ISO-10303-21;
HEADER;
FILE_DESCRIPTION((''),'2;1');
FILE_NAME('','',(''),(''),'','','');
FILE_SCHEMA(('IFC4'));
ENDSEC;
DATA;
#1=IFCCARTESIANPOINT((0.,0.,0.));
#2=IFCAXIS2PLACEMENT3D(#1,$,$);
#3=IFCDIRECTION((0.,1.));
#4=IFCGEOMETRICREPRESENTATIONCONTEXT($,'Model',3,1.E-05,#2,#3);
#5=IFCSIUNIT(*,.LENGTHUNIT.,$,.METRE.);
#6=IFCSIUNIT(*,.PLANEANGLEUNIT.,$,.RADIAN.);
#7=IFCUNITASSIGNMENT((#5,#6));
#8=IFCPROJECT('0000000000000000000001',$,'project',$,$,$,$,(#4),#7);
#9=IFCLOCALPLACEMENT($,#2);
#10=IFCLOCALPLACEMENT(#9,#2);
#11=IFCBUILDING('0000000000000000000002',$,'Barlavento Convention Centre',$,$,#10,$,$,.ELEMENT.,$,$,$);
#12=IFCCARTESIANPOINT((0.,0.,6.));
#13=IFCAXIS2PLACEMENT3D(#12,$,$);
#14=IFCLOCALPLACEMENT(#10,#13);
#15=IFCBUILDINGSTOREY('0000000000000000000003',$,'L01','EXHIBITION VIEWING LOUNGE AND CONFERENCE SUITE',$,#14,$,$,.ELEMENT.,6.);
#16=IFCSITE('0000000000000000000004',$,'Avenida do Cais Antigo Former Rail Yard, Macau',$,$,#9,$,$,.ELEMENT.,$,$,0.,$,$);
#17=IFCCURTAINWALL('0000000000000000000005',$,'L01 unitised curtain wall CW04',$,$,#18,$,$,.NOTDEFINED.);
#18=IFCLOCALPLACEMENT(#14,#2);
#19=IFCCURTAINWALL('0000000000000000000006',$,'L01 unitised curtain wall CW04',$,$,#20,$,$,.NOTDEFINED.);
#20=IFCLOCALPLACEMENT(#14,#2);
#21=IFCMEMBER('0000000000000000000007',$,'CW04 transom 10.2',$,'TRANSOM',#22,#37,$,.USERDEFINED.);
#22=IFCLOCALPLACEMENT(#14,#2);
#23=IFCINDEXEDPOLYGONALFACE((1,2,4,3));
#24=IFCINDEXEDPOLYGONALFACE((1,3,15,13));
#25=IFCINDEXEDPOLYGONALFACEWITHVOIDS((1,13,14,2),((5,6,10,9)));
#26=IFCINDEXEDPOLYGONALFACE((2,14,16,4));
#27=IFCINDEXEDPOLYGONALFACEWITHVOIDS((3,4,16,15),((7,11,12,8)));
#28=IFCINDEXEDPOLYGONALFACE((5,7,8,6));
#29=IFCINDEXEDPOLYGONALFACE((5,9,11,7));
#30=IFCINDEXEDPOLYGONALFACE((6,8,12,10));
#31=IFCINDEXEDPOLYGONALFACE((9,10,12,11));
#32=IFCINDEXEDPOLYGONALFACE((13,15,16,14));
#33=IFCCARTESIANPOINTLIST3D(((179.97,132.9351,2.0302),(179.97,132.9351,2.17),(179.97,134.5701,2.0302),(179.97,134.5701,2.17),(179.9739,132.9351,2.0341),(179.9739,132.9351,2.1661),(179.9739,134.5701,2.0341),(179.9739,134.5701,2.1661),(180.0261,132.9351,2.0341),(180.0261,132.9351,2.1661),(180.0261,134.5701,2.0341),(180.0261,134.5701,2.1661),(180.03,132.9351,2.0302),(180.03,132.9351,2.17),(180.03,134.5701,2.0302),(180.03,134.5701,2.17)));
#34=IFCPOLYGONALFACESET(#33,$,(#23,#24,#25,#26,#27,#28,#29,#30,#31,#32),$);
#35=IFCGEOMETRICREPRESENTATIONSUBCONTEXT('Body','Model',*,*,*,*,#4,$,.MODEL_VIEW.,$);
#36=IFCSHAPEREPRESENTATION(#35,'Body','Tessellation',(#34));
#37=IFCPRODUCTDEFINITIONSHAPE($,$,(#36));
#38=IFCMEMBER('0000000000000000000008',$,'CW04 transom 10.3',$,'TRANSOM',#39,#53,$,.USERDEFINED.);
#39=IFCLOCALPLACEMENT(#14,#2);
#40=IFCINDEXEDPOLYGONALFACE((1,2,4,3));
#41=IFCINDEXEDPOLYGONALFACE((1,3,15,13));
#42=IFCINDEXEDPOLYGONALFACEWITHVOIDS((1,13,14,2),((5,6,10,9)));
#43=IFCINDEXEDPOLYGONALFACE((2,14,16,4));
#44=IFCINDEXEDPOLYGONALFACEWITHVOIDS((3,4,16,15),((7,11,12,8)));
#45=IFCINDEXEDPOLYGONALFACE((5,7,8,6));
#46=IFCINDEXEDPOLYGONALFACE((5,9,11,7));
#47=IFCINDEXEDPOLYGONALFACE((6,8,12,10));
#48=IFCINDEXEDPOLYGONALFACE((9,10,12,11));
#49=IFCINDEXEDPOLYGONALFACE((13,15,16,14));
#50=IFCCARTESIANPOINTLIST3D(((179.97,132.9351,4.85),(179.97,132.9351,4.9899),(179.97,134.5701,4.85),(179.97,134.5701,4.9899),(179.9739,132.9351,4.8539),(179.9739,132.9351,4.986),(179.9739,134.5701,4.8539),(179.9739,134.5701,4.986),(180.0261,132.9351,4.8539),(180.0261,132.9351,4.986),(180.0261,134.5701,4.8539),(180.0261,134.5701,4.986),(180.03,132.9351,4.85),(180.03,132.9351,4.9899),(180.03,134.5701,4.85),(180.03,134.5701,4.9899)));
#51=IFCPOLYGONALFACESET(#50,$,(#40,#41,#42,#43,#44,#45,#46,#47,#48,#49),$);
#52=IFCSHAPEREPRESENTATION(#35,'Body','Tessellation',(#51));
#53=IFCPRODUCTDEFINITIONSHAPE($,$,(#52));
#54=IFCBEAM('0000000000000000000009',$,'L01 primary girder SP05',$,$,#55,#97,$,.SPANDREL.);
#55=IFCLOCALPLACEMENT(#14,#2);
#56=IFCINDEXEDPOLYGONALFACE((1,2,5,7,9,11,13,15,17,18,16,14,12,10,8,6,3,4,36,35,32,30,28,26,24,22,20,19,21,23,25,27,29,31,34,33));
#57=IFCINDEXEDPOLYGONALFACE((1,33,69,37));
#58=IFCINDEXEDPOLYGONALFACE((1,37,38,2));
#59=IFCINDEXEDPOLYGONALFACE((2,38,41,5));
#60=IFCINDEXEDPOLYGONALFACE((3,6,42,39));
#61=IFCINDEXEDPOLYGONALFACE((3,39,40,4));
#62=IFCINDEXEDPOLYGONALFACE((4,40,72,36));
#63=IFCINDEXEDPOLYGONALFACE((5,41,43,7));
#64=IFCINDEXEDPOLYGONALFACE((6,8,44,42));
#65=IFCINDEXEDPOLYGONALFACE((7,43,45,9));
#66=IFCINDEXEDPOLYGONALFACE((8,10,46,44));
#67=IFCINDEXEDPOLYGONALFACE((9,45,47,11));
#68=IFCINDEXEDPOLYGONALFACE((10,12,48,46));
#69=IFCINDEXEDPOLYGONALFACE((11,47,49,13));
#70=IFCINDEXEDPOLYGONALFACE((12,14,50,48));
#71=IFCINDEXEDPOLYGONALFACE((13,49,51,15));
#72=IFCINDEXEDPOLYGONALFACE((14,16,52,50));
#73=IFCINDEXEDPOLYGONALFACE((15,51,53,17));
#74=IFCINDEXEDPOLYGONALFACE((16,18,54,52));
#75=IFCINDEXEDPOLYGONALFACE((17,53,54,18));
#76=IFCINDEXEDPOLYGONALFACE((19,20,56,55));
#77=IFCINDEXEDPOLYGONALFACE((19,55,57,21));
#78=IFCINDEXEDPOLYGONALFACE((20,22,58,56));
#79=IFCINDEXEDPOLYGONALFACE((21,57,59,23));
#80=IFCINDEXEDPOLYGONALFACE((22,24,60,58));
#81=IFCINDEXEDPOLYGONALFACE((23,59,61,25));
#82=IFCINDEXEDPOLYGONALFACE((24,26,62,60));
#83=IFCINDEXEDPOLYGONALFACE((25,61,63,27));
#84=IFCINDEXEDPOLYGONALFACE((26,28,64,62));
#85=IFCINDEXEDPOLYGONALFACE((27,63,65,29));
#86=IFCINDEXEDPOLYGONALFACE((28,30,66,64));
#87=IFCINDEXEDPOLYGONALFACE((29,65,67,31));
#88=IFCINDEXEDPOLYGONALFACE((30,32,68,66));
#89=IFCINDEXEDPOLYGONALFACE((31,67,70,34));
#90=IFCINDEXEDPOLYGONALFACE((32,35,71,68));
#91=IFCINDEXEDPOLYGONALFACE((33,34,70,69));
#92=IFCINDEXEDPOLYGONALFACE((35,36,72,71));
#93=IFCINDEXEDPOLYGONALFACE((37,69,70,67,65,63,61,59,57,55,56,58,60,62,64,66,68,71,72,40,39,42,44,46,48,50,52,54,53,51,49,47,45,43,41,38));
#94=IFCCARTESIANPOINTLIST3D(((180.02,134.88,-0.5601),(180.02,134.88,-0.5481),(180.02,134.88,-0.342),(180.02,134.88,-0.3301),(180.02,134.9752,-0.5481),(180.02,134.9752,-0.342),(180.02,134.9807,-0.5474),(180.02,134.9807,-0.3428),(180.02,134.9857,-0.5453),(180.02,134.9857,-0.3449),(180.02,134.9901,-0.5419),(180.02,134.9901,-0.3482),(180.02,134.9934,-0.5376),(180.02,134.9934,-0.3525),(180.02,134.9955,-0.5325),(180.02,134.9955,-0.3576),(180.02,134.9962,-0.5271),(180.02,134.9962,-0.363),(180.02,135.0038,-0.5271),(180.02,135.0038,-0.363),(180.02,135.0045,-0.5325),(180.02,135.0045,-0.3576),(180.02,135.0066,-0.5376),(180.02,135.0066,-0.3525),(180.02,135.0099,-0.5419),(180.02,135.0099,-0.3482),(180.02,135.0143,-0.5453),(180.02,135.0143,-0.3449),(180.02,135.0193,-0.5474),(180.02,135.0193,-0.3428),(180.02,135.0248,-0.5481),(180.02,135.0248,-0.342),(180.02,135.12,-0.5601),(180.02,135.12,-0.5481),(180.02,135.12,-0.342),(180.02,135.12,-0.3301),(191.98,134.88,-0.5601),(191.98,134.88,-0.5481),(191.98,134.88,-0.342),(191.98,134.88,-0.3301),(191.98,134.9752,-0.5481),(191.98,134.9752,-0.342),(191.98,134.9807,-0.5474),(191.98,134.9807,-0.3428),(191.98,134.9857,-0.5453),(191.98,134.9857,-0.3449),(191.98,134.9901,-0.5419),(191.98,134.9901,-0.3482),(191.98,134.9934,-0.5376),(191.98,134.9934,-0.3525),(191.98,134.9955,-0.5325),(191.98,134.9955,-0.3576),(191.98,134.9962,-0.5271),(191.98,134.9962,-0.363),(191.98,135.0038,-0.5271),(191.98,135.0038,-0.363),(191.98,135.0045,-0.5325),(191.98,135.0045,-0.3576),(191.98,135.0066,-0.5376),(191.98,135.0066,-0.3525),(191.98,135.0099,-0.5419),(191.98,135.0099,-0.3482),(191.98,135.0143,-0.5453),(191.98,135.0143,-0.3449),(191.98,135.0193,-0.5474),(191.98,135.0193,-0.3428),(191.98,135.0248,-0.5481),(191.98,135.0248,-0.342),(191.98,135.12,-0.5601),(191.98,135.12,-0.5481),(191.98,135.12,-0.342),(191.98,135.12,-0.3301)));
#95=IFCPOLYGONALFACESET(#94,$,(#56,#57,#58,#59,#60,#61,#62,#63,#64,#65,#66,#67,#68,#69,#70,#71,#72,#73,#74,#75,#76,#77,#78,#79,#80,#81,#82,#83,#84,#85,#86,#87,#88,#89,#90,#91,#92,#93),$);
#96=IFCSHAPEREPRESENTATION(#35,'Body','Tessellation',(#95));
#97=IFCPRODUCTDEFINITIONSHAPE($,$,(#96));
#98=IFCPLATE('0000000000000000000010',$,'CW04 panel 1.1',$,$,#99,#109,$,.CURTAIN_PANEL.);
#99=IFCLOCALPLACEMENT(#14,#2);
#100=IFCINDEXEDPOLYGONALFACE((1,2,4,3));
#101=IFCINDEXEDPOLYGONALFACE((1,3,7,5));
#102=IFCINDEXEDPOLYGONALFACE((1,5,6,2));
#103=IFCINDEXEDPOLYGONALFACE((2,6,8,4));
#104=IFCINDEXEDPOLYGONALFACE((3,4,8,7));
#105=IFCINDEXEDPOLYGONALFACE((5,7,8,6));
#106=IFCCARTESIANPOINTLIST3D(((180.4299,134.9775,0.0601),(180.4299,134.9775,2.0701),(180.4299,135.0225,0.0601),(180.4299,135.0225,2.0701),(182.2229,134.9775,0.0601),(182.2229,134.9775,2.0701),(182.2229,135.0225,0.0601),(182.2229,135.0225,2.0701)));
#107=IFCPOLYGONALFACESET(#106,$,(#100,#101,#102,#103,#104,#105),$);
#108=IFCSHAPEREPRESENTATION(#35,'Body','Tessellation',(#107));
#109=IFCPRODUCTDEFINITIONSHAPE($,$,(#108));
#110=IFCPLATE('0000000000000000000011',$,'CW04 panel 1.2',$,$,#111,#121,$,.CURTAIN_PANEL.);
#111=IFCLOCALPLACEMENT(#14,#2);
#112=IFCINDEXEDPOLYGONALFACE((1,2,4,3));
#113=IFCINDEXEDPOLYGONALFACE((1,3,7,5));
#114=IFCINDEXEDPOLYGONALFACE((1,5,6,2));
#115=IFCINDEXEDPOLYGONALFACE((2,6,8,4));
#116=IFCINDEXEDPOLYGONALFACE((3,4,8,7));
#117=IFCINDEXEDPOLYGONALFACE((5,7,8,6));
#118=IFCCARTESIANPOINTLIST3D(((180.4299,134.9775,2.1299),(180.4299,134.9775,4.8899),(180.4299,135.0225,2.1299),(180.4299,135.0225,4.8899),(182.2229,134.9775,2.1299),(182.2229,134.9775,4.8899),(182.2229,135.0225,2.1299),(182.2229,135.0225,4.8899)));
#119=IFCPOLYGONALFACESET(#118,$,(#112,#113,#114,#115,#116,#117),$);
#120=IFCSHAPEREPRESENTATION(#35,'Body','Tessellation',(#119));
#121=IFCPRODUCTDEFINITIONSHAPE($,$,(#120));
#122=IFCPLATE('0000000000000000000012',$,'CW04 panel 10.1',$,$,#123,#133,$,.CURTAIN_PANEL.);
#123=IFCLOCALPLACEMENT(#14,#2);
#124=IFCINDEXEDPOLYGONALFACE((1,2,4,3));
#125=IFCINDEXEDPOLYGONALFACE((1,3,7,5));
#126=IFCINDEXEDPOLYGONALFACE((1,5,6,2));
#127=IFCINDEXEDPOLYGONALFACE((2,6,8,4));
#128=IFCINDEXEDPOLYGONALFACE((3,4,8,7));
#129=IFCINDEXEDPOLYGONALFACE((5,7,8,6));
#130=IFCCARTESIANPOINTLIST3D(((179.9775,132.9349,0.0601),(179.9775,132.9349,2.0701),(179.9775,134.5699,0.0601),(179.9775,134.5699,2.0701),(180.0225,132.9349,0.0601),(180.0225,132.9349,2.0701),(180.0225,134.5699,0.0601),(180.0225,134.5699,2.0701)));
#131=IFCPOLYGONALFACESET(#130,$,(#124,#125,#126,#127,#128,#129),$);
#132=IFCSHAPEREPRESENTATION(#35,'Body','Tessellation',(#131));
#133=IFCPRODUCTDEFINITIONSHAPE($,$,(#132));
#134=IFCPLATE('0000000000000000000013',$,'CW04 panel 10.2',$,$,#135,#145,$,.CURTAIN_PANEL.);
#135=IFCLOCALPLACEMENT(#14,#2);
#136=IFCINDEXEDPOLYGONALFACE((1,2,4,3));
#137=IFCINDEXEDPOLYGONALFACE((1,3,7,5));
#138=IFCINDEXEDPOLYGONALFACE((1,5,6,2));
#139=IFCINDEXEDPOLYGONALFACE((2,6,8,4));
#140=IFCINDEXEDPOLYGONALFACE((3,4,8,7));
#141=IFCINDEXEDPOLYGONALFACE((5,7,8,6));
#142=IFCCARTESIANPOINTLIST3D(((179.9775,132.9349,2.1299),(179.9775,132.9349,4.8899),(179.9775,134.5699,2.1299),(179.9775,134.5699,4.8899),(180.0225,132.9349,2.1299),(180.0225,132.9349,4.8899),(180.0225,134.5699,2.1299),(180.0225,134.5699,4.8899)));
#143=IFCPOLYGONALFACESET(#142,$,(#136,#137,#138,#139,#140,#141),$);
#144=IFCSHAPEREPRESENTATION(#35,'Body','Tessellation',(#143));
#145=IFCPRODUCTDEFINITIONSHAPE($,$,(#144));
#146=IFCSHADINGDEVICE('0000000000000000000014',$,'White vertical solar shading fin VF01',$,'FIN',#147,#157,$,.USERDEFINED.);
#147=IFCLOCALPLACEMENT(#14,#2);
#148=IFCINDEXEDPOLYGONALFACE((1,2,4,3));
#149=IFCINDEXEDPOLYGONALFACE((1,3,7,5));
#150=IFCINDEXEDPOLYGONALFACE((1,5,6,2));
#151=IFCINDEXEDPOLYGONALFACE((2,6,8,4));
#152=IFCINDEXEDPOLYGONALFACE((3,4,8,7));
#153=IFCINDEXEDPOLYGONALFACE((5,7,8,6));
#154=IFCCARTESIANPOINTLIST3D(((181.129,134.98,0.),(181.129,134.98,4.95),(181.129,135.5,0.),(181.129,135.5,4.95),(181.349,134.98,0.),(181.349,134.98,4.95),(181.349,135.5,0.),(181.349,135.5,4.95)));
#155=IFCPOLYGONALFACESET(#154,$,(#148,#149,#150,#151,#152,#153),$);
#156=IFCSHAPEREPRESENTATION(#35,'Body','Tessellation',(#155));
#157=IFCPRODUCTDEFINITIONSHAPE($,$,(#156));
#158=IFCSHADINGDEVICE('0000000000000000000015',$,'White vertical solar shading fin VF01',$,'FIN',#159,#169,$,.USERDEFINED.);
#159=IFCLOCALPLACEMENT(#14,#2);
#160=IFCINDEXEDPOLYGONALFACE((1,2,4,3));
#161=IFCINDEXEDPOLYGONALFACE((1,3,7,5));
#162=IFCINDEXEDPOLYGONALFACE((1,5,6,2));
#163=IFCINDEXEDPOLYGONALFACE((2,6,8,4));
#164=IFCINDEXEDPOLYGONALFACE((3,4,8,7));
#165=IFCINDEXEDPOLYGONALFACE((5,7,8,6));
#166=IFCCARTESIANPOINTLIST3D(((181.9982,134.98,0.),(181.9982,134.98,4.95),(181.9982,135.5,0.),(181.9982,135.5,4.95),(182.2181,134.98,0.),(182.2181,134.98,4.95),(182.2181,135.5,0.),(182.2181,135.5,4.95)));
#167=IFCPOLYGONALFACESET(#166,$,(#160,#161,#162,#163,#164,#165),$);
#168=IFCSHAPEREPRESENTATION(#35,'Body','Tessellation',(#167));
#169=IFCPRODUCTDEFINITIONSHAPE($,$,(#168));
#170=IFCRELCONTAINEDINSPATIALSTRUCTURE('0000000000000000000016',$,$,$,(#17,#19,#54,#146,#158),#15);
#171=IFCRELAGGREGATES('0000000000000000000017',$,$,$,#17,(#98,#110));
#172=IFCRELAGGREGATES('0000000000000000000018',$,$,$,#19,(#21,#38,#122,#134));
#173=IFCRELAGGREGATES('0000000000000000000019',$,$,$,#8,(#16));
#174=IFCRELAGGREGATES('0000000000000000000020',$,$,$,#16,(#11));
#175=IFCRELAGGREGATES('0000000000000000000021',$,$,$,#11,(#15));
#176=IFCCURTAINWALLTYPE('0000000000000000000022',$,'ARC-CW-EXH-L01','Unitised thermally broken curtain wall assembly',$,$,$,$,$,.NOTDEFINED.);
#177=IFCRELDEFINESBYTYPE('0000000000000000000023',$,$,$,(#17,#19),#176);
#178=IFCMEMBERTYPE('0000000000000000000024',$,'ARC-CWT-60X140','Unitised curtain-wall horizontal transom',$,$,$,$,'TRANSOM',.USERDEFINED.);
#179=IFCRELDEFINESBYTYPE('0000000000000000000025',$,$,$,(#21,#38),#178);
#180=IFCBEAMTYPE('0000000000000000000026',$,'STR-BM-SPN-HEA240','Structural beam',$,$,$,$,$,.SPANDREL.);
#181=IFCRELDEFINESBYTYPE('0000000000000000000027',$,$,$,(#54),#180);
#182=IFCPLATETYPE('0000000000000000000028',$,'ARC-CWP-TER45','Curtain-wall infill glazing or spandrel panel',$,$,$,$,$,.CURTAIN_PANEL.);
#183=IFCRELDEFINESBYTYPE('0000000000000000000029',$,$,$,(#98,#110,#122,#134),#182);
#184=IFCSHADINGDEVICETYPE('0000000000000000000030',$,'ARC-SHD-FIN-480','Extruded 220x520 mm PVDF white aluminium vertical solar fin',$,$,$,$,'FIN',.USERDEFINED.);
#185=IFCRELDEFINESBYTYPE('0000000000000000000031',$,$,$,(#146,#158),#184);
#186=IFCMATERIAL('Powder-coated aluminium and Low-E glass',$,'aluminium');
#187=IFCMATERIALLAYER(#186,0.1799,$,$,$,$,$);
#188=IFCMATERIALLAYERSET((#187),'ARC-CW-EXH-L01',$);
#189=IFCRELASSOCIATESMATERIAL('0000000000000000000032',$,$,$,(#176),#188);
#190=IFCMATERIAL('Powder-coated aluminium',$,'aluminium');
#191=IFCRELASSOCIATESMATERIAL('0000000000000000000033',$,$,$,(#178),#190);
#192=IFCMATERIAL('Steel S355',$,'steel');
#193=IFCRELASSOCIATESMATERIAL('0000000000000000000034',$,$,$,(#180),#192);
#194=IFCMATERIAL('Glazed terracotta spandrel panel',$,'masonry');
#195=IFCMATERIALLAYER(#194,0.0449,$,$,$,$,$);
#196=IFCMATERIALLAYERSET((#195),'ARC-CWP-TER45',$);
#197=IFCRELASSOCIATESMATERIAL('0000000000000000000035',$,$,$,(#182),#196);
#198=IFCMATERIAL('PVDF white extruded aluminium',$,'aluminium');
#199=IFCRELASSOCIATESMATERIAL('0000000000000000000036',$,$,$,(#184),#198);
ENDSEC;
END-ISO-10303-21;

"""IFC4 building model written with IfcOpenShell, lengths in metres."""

from ifc_helpers import new_model, si_unit, direction, frame, origin, origin_2d, place, context, subcontext, project, spatial, rectangle, hollow_rectangle, i_section, extrude, material, layer, layer_set, material_profile, profile_set, type_object, element, aggregate, save


model = new_model("IFC4")

# Units and contexts
model_context = context("Model", 3, precision=1e-05, world=origin(), true_north=direction((0.0, 1.0)))
body_context = subcontext(model_context, "Body", "Model", "MODEL_VIEW")
ifc_project = project(units=[si_unit("LENGTHUNIT", "METRE"), si_unit("PLANEANGLEUNIT", "RADIAN")], contexts=[model_context])

# Site, building, storey
site_placement = place(None, origin())
site = spatial("IfcSite", under=ifc_project, at=site_placement, Name="Avenida do Cais Antigo Former Rail Yard, Macau", CompositionType="ELEMENT", RefElevation=0.0)
building_placement = place(site_placement, origin())
building = spatial("IfcBuilding", under=site, at=building_placement, Name="Barlavento Convention Centre", CompositionType="ELEMENT")
storey_placement = place(building_placement, frame((0.0, 0.0, 6.0)))
storey = spatial("IfcBuildingStorey", under=building, at=storey_placement, Name="L01", Description="EXHIBITION VIEWING LOUNGE AND CONFERENCE SUITE", CompositionType="ELEMENT", Elevation=6.0)

# Curtain walls
ifc_material_1 = material(Name="Powder-coated aluminium and Low-E glass", Category="aluminium")
ifc_layer_1 = layer(ifc_material_1, 0.1799)
ifc_layer_set_1 = layer_set([ifc_layer_1], Name="ARC-CW-EXH-L01")
curtain_wall_type = type_object("IfcCurtainWallType", Name="ARC-CW-EXH-L01", Description="Unitised thermally broken curtain wall assembly", PredefinedType="NOTDEFINED", material=ifc_layer_set_1)
curtain_wall_1_placement = place(storey_placement, origin())
curtain_wall_1 = element("IfcCurtainWall", 1, at=curtain_wall_1_placement, inside=storey, type_object=curtain_wall_type, Name="L01 unitised curtain wall CW04", PredefinedType="NOTDEFINED")
ifc_material_2 = material(Name="Powder-coated aluminium", Category="aluminium")
curtain_wall_2_placement = place(storey_placement, origin())
curtain_wall_2 = element("IfcCurtainWall", 2, at=curtain_wall_2_placement, inside=storey, type_object=curtain_wall_type, Name="L01 unitised curtain wall CW04", PredefinedType="NOTDEFINED")

# Members
ifc_material_profile_1 = material_profile(ifc_material_2, hollow_rectangle(XDim=0.0601, YDim=0.1399, WallThickness=0.0039, at=origin_2d()), Name="AL-TRAN 60x140x4")
ifc_profile_set_1 = profile_set([ifc_material_profile_1], Name="Powder-coated aluminium")
member_type_1 = type_object("IfcMemberType", Name="ARC-CWT-60X140", Description="Unitised curtain-wall horizontal transom", ElementType="TRANSOM", PredefinedType="USERDEFINED", material=ifc_profile_set_1)
member_1_placement = place(storey_placement, frame((180.0, 132.9351, 2.1001), z_axis=(0.0, 1.0, 0.0), x_axis=(-1.0, 0.0, 0.0)))
member_1 = element("IfcMember", 3, at=member_1_placement, type_object=member_type_1, Name="CW04 transom 10.2", ObjectType="TRANSOM", PredefinedType="USERDEFINED", context=body_context, shape_type="SweptSolid", body=[
    extrude(hollow_rectangle(XDim=0.0601, YDim=0.1399, WallThickness=0.0039, at=origin_2d()), origin(), (0.0, 0.0, 1.0), 1.635),
])
member_2_placement = place(storey_placement, frame((180.0, 132.9351, 4.9199), z_axis=(0.0, 1.0, 0.0), x_axis=(-1.0, 0.0, 0.0)))
member_2 = element("IfcMember", 4, at=member_2_placement, type_object=member_type_1, Name="CW04 transom 10.3", ObjectType="TRANSOM", PredefinedType="USERDEFINED", context=body_context, shape_type="SweptSolid", body=[
    extrude(hollow_rectangle(XDim=0.0601, YDim=0.1399, WallThickness=0.0039, at=origin_2d()), origin(), (0.0, 0.0, 1.0), 1.635),
])

# Beam
ifc_material_3 = material(Name="Steel S355", Category="steel")
ifc_material_profile_2 = material_profile(ifc_material_3, i_section(OverallWidth=0.24, OverallDepth=0.23, WebThickness=0.0076, FlangeThickness=0.012, FilletRadius=0.021, at=origin_2d()), Name="HEA 240")
ifc_profile_set_2 = profile_set([ifc_material_profile_2], Name="Steel S355")
beam_type = type_object("IfcBeamType", Name="STR-BM-SPN-HEA240", Description="Structural beam", PredefinedType="SPANDREL", material=ifc_profile_set_2)
beam_placement = place(storey_placement, frame((180.02, 135.0, -0.4451), z_axis=(1.0, 0.0, 0.0), x_axis=(0.0, 1.0, 0.0)))
element("IfcBeam", 5, at=beam_placement, inside=storey, type_object=beam_type, Name="L01 primary girder SP05", PredefinedType="SPANDREL", context=body_context, shape_type="SweptSolid", body=[
    extrude(i_section(OverallWidth=0.24, OverallDepth=0.23, WebThickness=0.0076, FlangeThickness=0.012, FilletRadius=0.021, at=origin_2d()), origin(), (0.0, 0.0, 1.0), 11.96),
])

# Plates
ifc_material_4 = material(Name="Glazed terracotta spandrel panel", Category="masonry")
ifc_layer_2 = layer(ifc_material_4, 0.0449)
ifc_layer_set_2 = layer_set([ifc_layer_2], Name="ARC-CWP-TER45")
plate_type = type_object("IfcPlateType", Name="ARC-CWP-TER45", Description="Curtain-wall infill glazing or spandrel panel", PredefinedType="CURTAIN_PANEL", material=ifc_layer_set_2)
plate_1_placement = place(storey_placement, frame((181.3264, 135.0, 0.0601), z_axis=(0.0, 0.0, 1.0), x_axis=(1.0, 0.0, 0.0)))
plate_1 = element("IfcPlate", 6, at=plate_1_placement, type_object=plate_type, Name="CW04 panel 1.1", PredefinedType="CURTAIN_PANEL", context=body_context, shape_type="SweptSolid", body=[
    extrude(rectangle(XDim=1.793, YDim=0.0449, at=origin_2d()), origin(), (0.0, 0.0, 1.0), 2.01),
])
plate_2_placement = place(storey_placement, frame((181.3264, 135.0, 2.1299), z_axis=(0.0, 0.0, 1.0), x_axis=(1.0, 0.0, 0.0)))
plate_2 = element("IfcPlate", 7, at=plate_2_placement, type_object=plate_type, Name="CW04 panel 1.2", PredefinedType="CURTAIN_PANEL", context=body_context, shape_type="SweptSolid", body=[
    extrude(rectangle(XDim=1.793, YDim=0.0449, at=origin_2d()), origin(), (0.0, 0.0, 1.0), 2.76),
])
aggregate(curtain_wall_1, [plate_1, plate_2])
plate_3_placement = place(storey_placement, frame((180.0, 133.7524, 0.0601), z_axis=(0.0, 0.0, 1.0), x_axis=(0.0, 1.0, 0.0)))
plate_3 = element("IfcPlate", 8, at=plate_3_placement, type_object=plate_type, Name="CW04 panel 10.1", PredefinedType="CURTAIN_PANEL", context=body_context, shape_type="SweptSolid", body=[
    extrude(rectangle(XDim=1.635, YDim=0.0449, at=origin_2d()), origin(), (0.0, 0.0, 1.0), 2.01),
])
plate_4_placement = place(storey_placement, frame((180.0, 133.7524, 2.1299), z_axis=(0.0, 0.0, 1.0), x_axis=(0.0, 1.0, 0.0)))
plate_4 = element("IfcPlate", 9, at=plate_4_placement, type_object=plate_type, Name="CW04 panel 10.2", PredefinedType="CURTAIN_PANEL", context=body_context, shape_type="SweptSolid", body=[
    extrude(rectangle(XDim=1.635, YDim=0.0449, at=origin_2d()), origin(), (0.0, 0.0, 1.0), 2.76),
])
aggregate(curtain_wall_2, [member_1, member_2, plate_3, plate_4])

# Shading devices
ifc_material_5 = material(Name="PVDF white extruded aluminium", Category="aluminium")
shading_device_type = type_object("IfcShadingDeviceType", Name="ARC-SHD-FIN-480", Description="Extruded 220x520 mm PVDF white aluminium vertical solar fin", ElementType="FIN", PredefinedType="USERDEFINED", material=ifc_material_5)
for number, where, z_axis, x_axis, name in (
    (10, (181.239, 135.24, 0.0), (0.0, 0.0, 1.0), (1.0, 0.0, 0.0), "White vertical solar shading fin VF01"),
    (11, (182.1082, 135.24, 0.0), (0.0, 0.0, 1.0), (1.0, 0.0, 0.0), "White vertical solar shading fin VF01"),
):
    element("IfcShadingDevice", number, at=place(storey_placement, frame(where, z_axis=z_axis, x_axis=x_axis)), inside=storey, type_object=shading_device_type, Name=name, ObjectType="FIN", PredefinedType="USERDEFINED", context=body_context, shape_type="SweptSolid", body=[
        extrude(rectangle(XDim=0.22, YDim=0.52, at=origin_2d()), origin(), (0.0, 0.0, 1.0), 4.95),
    ])

save(model, "model.ifc")
